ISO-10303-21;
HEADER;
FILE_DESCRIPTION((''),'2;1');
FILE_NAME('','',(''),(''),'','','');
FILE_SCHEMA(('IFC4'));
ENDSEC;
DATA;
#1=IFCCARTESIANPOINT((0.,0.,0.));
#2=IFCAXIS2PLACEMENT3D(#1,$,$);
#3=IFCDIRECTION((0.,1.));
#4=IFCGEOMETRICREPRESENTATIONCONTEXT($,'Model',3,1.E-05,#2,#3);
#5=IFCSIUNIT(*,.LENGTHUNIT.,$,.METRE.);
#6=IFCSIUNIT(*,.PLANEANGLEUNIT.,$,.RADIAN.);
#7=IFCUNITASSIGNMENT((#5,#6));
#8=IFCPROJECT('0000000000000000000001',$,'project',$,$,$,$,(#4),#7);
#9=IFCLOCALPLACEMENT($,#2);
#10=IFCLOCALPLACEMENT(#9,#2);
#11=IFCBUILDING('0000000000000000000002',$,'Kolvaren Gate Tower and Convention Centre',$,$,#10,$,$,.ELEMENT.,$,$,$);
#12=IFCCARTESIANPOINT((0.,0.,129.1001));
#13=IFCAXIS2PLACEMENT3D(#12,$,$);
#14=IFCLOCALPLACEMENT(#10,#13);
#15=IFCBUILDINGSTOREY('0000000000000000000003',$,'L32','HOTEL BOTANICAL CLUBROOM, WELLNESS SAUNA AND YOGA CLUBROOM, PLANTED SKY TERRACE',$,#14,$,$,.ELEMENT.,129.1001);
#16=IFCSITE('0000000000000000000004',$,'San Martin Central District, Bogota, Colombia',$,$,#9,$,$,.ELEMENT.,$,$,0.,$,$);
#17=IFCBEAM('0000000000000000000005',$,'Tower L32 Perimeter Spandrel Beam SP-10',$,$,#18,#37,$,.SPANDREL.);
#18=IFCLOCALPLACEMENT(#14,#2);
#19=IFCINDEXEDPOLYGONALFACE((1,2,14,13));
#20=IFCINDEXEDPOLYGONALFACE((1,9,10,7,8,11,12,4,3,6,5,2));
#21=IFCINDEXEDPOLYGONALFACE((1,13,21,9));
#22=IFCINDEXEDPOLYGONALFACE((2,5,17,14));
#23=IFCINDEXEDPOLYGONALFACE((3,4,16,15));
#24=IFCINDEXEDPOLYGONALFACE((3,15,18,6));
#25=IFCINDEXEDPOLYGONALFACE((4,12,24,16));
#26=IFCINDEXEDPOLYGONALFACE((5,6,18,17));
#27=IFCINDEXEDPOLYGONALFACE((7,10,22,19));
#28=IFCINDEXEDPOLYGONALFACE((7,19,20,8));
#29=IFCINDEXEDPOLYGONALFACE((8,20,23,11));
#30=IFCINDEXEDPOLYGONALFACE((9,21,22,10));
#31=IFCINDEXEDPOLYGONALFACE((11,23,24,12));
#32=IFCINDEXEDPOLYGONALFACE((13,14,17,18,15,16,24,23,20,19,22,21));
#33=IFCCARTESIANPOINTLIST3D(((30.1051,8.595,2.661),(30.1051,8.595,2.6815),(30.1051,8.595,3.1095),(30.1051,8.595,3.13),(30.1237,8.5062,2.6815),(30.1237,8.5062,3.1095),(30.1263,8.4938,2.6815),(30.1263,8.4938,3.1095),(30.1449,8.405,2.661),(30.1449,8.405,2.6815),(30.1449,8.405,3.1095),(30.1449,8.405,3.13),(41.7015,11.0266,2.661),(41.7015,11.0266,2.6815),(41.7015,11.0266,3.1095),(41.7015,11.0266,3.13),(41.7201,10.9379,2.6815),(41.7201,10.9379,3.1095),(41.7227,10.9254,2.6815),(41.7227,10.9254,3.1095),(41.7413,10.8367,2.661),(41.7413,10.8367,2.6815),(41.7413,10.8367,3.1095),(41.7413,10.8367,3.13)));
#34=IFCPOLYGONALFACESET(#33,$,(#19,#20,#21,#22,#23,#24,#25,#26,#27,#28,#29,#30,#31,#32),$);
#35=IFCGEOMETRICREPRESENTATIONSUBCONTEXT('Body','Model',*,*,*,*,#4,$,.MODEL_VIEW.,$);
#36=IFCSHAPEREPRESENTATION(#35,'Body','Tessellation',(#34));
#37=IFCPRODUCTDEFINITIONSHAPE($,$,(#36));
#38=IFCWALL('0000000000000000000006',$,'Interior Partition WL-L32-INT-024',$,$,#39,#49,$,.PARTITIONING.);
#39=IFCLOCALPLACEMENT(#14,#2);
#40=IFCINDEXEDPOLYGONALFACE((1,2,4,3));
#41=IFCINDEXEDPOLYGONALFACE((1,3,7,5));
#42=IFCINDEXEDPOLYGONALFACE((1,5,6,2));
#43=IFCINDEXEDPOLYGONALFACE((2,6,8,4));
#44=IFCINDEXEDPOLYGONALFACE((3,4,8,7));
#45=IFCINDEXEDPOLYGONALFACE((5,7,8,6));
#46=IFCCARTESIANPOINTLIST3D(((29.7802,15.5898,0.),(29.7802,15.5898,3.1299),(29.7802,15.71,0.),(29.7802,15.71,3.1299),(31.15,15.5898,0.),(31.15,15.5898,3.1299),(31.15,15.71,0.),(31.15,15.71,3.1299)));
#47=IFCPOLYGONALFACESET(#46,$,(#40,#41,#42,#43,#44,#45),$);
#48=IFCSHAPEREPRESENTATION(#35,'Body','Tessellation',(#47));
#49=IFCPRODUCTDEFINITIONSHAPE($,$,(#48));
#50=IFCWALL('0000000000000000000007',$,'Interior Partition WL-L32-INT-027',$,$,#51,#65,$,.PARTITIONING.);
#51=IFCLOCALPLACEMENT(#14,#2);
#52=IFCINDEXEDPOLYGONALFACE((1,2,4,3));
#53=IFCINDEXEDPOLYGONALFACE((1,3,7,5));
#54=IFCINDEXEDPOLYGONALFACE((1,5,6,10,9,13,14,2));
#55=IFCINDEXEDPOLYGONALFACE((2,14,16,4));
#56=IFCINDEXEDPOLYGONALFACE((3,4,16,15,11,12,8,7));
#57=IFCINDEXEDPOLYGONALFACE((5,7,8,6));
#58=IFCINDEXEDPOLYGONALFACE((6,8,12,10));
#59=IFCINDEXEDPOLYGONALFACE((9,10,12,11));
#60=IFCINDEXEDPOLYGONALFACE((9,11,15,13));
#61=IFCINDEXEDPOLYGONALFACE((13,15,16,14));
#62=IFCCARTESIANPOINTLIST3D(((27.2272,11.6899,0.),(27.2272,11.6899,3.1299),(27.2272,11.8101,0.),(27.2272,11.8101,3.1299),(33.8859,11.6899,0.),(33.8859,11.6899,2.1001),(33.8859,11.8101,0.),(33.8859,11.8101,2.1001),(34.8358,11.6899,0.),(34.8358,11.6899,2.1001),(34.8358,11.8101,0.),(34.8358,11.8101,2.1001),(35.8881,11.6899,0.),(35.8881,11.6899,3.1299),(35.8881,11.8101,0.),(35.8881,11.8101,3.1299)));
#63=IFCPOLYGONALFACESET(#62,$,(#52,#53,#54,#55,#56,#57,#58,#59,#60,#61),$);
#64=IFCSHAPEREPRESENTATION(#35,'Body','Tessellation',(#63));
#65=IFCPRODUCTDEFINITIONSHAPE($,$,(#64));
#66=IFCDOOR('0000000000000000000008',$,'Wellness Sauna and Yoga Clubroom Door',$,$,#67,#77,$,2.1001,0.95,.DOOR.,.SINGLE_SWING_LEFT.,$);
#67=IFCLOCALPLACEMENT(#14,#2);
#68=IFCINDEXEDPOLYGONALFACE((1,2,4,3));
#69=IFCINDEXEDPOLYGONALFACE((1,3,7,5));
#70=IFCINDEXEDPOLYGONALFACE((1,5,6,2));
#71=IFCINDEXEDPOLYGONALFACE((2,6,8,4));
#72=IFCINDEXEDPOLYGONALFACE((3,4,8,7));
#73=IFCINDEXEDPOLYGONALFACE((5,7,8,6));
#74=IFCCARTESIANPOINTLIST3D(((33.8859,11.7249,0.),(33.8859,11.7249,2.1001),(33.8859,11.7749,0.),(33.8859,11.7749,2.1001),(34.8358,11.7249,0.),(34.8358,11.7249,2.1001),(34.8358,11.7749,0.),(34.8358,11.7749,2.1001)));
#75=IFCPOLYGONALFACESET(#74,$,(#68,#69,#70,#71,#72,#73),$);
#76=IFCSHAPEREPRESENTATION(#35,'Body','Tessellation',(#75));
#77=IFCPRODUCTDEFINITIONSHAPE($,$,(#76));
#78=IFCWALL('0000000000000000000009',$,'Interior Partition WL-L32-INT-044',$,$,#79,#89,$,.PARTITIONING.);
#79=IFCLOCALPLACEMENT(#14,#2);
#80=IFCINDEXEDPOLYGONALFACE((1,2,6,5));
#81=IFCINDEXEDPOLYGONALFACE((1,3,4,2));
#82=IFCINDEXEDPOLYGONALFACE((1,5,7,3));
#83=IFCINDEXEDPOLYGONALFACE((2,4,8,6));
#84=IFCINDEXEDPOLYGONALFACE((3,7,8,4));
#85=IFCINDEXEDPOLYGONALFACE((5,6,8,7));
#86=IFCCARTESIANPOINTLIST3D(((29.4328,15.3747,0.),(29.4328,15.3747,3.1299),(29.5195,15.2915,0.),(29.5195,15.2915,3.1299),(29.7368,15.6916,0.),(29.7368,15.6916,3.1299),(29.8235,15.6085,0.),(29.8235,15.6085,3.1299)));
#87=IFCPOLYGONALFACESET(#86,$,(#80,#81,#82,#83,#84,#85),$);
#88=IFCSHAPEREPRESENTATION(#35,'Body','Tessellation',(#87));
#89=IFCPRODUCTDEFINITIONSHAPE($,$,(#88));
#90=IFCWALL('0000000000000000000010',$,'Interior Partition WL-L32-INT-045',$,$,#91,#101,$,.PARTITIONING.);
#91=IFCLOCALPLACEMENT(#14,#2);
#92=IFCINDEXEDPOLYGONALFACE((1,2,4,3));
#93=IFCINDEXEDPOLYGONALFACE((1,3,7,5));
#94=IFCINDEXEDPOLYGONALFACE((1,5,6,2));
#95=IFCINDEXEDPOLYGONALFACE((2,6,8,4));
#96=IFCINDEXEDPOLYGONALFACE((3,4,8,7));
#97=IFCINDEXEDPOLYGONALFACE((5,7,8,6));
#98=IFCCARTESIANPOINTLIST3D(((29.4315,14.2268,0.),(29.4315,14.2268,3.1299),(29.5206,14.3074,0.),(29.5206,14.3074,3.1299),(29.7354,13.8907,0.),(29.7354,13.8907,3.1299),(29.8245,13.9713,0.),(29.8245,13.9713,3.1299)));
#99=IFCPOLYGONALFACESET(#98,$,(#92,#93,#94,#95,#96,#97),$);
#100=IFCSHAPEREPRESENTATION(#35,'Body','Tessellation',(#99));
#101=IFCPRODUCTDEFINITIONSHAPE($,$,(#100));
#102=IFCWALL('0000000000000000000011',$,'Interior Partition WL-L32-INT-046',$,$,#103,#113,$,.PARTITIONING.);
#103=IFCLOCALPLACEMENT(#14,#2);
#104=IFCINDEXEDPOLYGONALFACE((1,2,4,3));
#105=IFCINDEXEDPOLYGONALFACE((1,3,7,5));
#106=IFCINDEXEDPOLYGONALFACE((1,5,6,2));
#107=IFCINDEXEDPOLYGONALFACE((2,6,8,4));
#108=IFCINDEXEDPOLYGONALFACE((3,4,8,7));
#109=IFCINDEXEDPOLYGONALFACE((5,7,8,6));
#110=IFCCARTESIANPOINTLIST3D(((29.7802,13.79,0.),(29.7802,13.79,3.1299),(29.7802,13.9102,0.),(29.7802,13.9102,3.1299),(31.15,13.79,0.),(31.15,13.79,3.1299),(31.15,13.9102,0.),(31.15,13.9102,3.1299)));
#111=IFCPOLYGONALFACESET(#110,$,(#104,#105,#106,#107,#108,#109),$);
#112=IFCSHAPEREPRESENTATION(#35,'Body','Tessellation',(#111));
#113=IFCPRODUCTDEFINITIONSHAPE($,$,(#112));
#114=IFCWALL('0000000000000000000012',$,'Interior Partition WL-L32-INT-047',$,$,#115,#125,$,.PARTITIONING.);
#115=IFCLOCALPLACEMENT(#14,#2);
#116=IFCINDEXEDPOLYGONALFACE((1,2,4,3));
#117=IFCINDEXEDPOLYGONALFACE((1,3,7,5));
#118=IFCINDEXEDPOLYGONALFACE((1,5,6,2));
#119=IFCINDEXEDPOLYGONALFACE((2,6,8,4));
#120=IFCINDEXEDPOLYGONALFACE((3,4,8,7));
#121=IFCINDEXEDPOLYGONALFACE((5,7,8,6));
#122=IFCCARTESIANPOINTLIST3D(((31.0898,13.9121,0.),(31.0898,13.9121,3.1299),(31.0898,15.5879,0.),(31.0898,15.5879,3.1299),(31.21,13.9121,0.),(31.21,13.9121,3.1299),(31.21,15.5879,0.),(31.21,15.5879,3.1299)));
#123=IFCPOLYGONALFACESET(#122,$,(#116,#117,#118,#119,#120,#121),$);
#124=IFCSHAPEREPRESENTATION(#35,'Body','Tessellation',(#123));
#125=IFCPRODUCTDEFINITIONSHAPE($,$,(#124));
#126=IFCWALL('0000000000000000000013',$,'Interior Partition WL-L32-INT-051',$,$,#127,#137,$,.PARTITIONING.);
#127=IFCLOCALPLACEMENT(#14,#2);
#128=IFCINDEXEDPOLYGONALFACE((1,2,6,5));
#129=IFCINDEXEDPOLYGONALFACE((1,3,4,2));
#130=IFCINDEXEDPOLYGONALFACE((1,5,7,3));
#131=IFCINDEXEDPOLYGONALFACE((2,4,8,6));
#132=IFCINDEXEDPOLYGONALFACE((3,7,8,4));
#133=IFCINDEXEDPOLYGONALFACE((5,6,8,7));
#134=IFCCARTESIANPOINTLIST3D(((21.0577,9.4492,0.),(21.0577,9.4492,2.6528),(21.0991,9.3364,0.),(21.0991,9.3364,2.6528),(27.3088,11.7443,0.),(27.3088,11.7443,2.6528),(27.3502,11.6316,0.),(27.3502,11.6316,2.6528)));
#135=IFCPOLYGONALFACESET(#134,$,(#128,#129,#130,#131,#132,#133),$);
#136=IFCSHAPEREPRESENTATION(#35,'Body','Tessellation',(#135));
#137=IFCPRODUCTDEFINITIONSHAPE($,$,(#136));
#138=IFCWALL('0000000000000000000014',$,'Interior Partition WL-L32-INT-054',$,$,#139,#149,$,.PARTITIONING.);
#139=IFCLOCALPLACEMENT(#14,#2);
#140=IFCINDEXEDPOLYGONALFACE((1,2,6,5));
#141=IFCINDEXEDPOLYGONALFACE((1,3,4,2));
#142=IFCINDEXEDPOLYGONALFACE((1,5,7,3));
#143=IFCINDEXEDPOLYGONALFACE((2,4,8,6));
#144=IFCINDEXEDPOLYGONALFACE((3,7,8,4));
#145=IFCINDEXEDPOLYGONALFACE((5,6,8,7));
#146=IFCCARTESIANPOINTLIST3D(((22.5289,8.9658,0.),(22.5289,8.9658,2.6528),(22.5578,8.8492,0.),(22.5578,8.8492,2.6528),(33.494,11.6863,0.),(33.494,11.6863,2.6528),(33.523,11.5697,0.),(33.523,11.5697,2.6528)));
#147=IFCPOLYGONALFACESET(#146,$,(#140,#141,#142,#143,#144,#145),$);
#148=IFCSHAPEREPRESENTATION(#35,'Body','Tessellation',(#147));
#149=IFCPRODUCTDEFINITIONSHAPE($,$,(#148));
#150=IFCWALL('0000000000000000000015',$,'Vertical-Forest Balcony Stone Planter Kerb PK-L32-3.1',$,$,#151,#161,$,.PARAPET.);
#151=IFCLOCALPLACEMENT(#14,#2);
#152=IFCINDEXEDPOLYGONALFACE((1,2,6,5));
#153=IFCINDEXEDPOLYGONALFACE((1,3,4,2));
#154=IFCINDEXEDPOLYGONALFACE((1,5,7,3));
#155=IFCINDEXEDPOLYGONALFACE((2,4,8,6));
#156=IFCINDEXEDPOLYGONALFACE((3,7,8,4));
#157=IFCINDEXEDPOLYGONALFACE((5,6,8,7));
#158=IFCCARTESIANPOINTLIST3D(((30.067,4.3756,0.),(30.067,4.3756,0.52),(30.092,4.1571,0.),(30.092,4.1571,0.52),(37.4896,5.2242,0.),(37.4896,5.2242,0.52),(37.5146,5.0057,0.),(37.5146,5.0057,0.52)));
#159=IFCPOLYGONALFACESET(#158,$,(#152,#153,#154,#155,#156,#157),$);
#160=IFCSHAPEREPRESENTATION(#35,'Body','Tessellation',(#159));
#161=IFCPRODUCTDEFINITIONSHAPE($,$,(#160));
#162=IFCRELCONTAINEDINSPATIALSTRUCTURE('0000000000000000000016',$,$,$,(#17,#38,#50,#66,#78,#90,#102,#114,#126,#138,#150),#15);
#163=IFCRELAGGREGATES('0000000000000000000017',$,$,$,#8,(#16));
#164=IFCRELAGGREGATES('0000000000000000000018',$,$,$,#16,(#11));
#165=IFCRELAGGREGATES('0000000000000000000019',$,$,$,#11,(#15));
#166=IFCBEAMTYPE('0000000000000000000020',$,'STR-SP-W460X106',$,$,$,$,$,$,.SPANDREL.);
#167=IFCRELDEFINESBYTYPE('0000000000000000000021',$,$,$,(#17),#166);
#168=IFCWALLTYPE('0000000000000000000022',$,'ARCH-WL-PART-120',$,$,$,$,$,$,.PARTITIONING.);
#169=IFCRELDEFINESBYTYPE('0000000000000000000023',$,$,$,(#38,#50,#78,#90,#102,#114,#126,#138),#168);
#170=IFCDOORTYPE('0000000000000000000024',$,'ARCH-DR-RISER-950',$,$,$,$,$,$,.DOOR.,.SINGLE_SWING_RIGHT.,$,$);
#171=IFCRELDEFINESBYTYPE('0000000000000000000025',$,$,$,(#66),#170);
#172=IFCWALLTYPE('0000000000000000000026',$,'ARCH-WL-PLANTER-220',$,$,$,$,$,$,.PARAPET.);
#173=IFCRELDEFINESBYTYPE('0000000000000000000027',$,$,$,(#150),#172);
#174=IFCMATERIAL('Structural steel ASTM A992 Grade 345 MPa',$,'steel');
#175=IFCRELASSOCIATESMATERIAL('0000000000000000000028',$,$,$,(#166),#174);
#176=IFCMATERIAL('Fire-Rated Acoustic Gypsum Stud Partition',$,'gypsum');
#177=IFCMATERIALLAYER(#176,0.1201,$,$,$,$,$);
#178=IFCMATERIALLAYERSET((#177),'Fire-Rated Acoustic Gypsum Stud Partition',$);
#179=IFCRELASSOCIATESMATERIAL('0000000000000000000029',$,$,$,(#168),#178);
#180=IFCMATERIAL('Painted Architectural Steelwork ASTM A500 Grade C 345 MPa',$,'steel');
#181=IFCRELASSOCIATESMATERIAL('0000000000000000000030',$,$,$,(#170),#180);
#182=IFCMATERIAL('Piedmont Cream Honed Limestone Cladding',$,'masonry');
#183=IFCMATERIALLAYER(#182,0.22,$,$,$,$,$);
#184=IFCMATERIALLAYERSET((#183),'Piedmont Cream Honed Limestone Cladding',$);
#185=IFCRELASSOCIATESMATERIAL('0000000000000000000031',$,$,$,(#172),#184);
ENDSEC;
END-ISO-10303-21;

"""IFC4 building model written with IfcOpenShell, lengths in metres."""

from ifc_helpers import new_model, si_unit, direction, frame, frame_2d, origin, origin_2d, place, context, subcontext, project, spatial, rectangle, i_section, extrude, material, layer, layer_set, material_profile, profile_set, type_object, element, fill, save


model = new_model("IFC4")

# Units and contexts
model_context = context("Model", 3, precision=1e-05, world=origin(), true_north=direction((0.0, 1.0)))
body_context = subcontext(model_context, "Body", "Model", "MODEL_VIEW")
ifc_project = project(units=[si_unit("LENGTHUNIT", "METRE"), si_unit("PLANEANGLEUNIT", "RADIAN")], contexts=[model_context])

# Site, building, storey
site_placement = place(None, origin())
site = spatial("IfcSite", under=ifc_project, at=site_placement, Name="San Martin Central District, Bogota, Colombia", CompositionType="ELEMENT", RefElevation=0.0)
building_placement = place(site_placement, origin())
building = spatial("IfcBuilding", under=site, at=building_placement, Name="Kolvaren Gate Tower and Convention Centre", CompositionType="ELEMENT")
storey_placement = place(building_placement, frame((0.0, 0.0, 129.1001)))
storey = spatial("IfcBuildingStorey", under=building, at=storey_placement, Name="L32", Description="HOTEL BOTANICAL CLUBROOM, WELLNESS SAUNA AND YOGA CLUBROOM, PLANTED SKY TERRACE", CompositionType="ELEMENT", Elevation=129.1001)

# Beam
ifc_material_1 = material(Name="Structural steel ASTM A992 Grade 345 MPa", Category="steel")
ifc_material_profile_1 = material_profile(ifc_material_1, i_section(OverallWidth=0.1941, OverallDepth=0.469, WebThickness=0.0127, FlangeThickness=0.0205, at=origin_2d()), Name="W460X106")
ifc_profile_set_1 = profile_set([ifc_material_profile_1], Name="Structural steel ASTM A992 Grade 345 MPa")
beam_type_1 = type_object("IfcBeamType", Name="STR-SP-W460X106", PredefinedType="SPANDREL", material=ifc_profile_set_1)
beam_1_placement = place(storey_placement, frame((30.125, 8.5, 2.8955), z_axis=(0.978715, 0.205225, 0.0), x_axis=(-0.205225, 0.978715, 0.0)))
element("IfcBeam", 1, at=beam_1_placement, inside=storey, type_object=beam_type_1, Name="Tower L32 Perimeter Spandrel Beam SP-10", PredefinedType="SPANDREL", context=body_context, shape_type="SweptSolid", body=[
    extrude(i_section(OverallWidth=0.1941, OverallDepth=0.469, WebThickness=0.0127, FlangeThickness=0.0205, at=origin_2d()), origin(), (0.0, 0.0, 1.0), 11.8486),
])

# Wall
ifc_material_2 = material(Name="Fire-Rated Acoustic Gypsum Stud Partition", Category="gypsum")
ifc_layer_1 = layer(ifc_material_2, 0.1201)
ifc_layer_set_1 = layer_set([ifc_layer_1], Name="Fire-Rated Acoustic Gypsum Stud Partition")
wall_type_1 = type_object("IfcWallType", Name="ARCH-WL-PART-120", PredefinedType="PARTITIONING", material=ifc_layer_set_1)
wall_1_placement = place(storey_placement, frame((29.78, 15.6499, 0.0), z_axis=(0.0, 0.0, 1.0), x_axis=(1.0, 0.0, 0.0)))
element("IfcWall", 2, at=wall_1_placement, inside=storey, type_object=wall_type_1, Name="Interior Partition WL-L32-INT-024", PredefinedType="PARTITIONING", context=body_context, shape_type="SweptSolid", body=[
    extrude(rectangle(XDim=1.3699, YDim=0.1201, at=frame_2d((0.6851, 0.0))), origin(), (0.0, 0.0, 1.0), 3.1299),
])

# Wall, opening, door
wall_2_placement = place(storey_placement, frame((27.2271, 11.75, 0.0), z_axis=(0.0, 0.0, 1.0), x_axis=(1.0, 0.0, 0.0)))
wall_2 = element("IfcWall", 3, at=wall_2_placement, inside=storey, type_object=wall_type_1, Name="Interior Partition WL-L32-INT-027", PredefinedType="PARTITIONING", context=body_context, shape_type="SweptSolid", body=[
    extrude(rectangle(XDim=8.6609, YDim=0.1201, at=frame_2d((4.3306, 0.0))), origin(), (0.0, 0.0, 1.0), 3.1299),
])
opening_1_placement = place(wall_2_placement, frame((6.6587, 0.0, 0.0)))
opening_1 = element("IfcOpeningElement", 4, at=opening_1_placement, cuts=wall_2, PredefinedType="OPENING", context=body_context, shape_type="SweptSolid", body=[
    extrude(rectangle(XDim=0.95, YDim=2.1001, at=frame_2d((0.4751, 1.05))), frame((0.0, 0.0701, 0.0), z_axis=(0.0, -1.0, 0.0), x_axis=(1.0, 0.0, 0.0)), (0.0, 0.0, 1.0), 0.1401),
])
ifc_material_3 = material(Name="Painted Architectural Steelwork ASTM A500 Grade C 345 MPa", Category="steel")
door_type = type_object("IfcDoorType", Name="ARCH-DR-RISER-950", OperationType="SINGLE_SWING_RIGHT", PredefinedType="DOOR", material=ifc_material_3)
door_1_placement = place(opening_1_placement, origin())
door_1 = element("IfcDoor", 5, at=door_1_placement, inside=storey, type_object=door_type, Name="Wellness Sauna and Yoga Clubroom Door", OperationType="SINGLE_SWING_LEFT", OverallHeight=2.1001, OverallWidth=0.95, PredefinedType="DOOR", context=body_context, shape_type="SweptSolid", body=[
    extrude(rectangle(XDim=0.95, YDim=2.1001, at=frame_2d((0.4751, 1.05))), frame((0.0, 0.0249, 0.0), z_axis=(0.0, -1.0, 0.0), x_axis=(1.0, 0.0, 0.0)), (0.0, 0.0, 1.0), 0.05),
])
fill(opening_1, door_1)

# Walls
wall_3_placement = place(storey_placement, frame((29.4761, 15.333, 0.0), z_axis=(0.0, 0.0, 1.0), x_axis=(0.692219, 0.721687, 0.0)))
element("IfcWall", 6, at=wall_3_placement, inside=storey, type_object=wall_type_1, Name="Interior Partition WL-L32-INT-044", PredefinedType="PARTITIONING", context=body_context, shape_type="SweptSolid", body=[
    extrude(rectangle(XDim=0.4392, YDim=0.1201, at=frame_2d((0.2197, 0.0))), origin(), (0.0, 0.0, 1.0), 3.1299),
])
wall_4_placement = place(storey_placement, frame((29.4761, 14.2671, 0.0), z_axis=(0.0, 0.0, 1.0), x_axis=(0.670659, -0.741765, 0.0)))
element("IfcWall", 7, at=wall_4_placement, inside=storey, type_object=wall_type_1, Name="Interior Partition WL-L32-INT-045", PredefinedType="PARTITIONING", context=body_context, shape_type="SweptSolid", body=[
    extrude(rectangle(XDim=0.4531, YDim=0.1201, at=frame_2d((0.2266, 0.0))), origin(), (0.0, 0.0, 1.0), 3.1299),
])
wall_5_placement = place(storey_placement, frame((29.78, 13.8501, 0.0), z_axis=(0.0, 0.0, 1.0), x_axis=(1.0, 0.0, 0.0)))
element("IfcWall", 8, at=wall_5_placement, inside=storey, type_object=wall_type_1, Name="Interior Partition WL-L32-INT-046", PredefinedType="PARTITIONING", context=body_context, shape_type="SweptSolid", body=[
    extrude(rectangle(XDim=1.3699, YDim=0.1201, at=frame_2d((0.6851, 0.0))), origin(), (0.0, 0.0, 1.0), 3.1299),
])
wall_6_placement = place(storey_placement, frame((31.1499, 13.9121, 0.0), z_axis=(0.0, 0.0, 1.0), x_axis=(0.0, 1.0, 0.0)))
element("IfcWall", 9, at=wall_6_placement, inside=storey, type_object=wall_type_1, Name="Interior Partition WL-L32-INT-047", PredefinedType="PARTITIONING", context=body_context, shape_type="SweptSolid", body=[
    extrude(rectangle(XDim=1.6758, YDim=0.1201, at=frame_2d((0.8379, 0.0))), origin(), (0.0, 0.0, 1.0), 3.1299),
])
wall_7_placement = place(storey_placement, frame((21.0784, 9.3928, 0.0), z_axis=(0.0, 0.0, 1.0), x_axis=(0.938728, 0.344659, 0.0)))
element("IfcWall", 10, at=wall_7_placement, inside=storey, type_object=wall_type_1, Name="Interior Partition WL-L32-INT-051", PredefinedType="PARTITIONING", context=body_context, shape_type="SweptSolid", body=[
    extrude(rectangle(XDim=6.6592, YDim=0.1201, at=frame_2d((3.3296, 0.0))), origin(), (0.0, 0.0, 1.0), 2.6528),
])
wall_8_placement = place(storey_placement, frame((22.5432, 8.9075, 0.0), z_axis=(0.0, 0.0, 1.0), x_axis=(0.970574, 0.240801, 0.0)))
element("IfcWall", 11, at=wall_8_placement, inside=storey, type_object=wall_type_1, Name="Interior Partition WL-L32-INT-054", PredefinedType="PARTITIONING", context=body_context, shape_type="SweptSolid", body=[
    extrude(rectangle(XDim=11.2976, YDim=0.1201, at=frame_2d((5.6489, 0.0))), origin(), (0.0, 0.0, 1.0), 2.6528),
])
ifc_material_4 = material(Name="Piedmont Cream Honed Limestone Cladding", Category="masonry")
ifc_layer_2 = layer(ifc_material_4, 0.22)
ifc_layer_set_2 = layer_set([ifc_layer_2], Name="Piedmont Cream Honed Limestone Cladding")
wall_type_2 = type_object("IfcWallType", Name="ARCH-WL-PLANTER-220", PredefinedType="PARAPET", material=ifc_layer_set_2)
wall_9_placement = place(storey_placement, frame((30.0796, 4.2664, 0.0), z_axis=(0.0, 0.0, 1.0), x_axis=(0.993528, 0.113591, 0.0)))
element("IfcWall", 12, at=wall_9_placement, inside=storey, type_object=wall_type_2, Name="Vertical-Forest Balcony Stone Planter Kerb PK-L32-3.1", PredefinedType="PARAPET", context=body_context, shape_type="SweptSolid", body=[
    extrude(rectangle(XDim=7.4709, YDim=0.22, at=frame_2d((3.7354, 0.0))), origin(), (0.0, 0.0, 1.0), 0.52),
])

save(model, "model.ifc")
